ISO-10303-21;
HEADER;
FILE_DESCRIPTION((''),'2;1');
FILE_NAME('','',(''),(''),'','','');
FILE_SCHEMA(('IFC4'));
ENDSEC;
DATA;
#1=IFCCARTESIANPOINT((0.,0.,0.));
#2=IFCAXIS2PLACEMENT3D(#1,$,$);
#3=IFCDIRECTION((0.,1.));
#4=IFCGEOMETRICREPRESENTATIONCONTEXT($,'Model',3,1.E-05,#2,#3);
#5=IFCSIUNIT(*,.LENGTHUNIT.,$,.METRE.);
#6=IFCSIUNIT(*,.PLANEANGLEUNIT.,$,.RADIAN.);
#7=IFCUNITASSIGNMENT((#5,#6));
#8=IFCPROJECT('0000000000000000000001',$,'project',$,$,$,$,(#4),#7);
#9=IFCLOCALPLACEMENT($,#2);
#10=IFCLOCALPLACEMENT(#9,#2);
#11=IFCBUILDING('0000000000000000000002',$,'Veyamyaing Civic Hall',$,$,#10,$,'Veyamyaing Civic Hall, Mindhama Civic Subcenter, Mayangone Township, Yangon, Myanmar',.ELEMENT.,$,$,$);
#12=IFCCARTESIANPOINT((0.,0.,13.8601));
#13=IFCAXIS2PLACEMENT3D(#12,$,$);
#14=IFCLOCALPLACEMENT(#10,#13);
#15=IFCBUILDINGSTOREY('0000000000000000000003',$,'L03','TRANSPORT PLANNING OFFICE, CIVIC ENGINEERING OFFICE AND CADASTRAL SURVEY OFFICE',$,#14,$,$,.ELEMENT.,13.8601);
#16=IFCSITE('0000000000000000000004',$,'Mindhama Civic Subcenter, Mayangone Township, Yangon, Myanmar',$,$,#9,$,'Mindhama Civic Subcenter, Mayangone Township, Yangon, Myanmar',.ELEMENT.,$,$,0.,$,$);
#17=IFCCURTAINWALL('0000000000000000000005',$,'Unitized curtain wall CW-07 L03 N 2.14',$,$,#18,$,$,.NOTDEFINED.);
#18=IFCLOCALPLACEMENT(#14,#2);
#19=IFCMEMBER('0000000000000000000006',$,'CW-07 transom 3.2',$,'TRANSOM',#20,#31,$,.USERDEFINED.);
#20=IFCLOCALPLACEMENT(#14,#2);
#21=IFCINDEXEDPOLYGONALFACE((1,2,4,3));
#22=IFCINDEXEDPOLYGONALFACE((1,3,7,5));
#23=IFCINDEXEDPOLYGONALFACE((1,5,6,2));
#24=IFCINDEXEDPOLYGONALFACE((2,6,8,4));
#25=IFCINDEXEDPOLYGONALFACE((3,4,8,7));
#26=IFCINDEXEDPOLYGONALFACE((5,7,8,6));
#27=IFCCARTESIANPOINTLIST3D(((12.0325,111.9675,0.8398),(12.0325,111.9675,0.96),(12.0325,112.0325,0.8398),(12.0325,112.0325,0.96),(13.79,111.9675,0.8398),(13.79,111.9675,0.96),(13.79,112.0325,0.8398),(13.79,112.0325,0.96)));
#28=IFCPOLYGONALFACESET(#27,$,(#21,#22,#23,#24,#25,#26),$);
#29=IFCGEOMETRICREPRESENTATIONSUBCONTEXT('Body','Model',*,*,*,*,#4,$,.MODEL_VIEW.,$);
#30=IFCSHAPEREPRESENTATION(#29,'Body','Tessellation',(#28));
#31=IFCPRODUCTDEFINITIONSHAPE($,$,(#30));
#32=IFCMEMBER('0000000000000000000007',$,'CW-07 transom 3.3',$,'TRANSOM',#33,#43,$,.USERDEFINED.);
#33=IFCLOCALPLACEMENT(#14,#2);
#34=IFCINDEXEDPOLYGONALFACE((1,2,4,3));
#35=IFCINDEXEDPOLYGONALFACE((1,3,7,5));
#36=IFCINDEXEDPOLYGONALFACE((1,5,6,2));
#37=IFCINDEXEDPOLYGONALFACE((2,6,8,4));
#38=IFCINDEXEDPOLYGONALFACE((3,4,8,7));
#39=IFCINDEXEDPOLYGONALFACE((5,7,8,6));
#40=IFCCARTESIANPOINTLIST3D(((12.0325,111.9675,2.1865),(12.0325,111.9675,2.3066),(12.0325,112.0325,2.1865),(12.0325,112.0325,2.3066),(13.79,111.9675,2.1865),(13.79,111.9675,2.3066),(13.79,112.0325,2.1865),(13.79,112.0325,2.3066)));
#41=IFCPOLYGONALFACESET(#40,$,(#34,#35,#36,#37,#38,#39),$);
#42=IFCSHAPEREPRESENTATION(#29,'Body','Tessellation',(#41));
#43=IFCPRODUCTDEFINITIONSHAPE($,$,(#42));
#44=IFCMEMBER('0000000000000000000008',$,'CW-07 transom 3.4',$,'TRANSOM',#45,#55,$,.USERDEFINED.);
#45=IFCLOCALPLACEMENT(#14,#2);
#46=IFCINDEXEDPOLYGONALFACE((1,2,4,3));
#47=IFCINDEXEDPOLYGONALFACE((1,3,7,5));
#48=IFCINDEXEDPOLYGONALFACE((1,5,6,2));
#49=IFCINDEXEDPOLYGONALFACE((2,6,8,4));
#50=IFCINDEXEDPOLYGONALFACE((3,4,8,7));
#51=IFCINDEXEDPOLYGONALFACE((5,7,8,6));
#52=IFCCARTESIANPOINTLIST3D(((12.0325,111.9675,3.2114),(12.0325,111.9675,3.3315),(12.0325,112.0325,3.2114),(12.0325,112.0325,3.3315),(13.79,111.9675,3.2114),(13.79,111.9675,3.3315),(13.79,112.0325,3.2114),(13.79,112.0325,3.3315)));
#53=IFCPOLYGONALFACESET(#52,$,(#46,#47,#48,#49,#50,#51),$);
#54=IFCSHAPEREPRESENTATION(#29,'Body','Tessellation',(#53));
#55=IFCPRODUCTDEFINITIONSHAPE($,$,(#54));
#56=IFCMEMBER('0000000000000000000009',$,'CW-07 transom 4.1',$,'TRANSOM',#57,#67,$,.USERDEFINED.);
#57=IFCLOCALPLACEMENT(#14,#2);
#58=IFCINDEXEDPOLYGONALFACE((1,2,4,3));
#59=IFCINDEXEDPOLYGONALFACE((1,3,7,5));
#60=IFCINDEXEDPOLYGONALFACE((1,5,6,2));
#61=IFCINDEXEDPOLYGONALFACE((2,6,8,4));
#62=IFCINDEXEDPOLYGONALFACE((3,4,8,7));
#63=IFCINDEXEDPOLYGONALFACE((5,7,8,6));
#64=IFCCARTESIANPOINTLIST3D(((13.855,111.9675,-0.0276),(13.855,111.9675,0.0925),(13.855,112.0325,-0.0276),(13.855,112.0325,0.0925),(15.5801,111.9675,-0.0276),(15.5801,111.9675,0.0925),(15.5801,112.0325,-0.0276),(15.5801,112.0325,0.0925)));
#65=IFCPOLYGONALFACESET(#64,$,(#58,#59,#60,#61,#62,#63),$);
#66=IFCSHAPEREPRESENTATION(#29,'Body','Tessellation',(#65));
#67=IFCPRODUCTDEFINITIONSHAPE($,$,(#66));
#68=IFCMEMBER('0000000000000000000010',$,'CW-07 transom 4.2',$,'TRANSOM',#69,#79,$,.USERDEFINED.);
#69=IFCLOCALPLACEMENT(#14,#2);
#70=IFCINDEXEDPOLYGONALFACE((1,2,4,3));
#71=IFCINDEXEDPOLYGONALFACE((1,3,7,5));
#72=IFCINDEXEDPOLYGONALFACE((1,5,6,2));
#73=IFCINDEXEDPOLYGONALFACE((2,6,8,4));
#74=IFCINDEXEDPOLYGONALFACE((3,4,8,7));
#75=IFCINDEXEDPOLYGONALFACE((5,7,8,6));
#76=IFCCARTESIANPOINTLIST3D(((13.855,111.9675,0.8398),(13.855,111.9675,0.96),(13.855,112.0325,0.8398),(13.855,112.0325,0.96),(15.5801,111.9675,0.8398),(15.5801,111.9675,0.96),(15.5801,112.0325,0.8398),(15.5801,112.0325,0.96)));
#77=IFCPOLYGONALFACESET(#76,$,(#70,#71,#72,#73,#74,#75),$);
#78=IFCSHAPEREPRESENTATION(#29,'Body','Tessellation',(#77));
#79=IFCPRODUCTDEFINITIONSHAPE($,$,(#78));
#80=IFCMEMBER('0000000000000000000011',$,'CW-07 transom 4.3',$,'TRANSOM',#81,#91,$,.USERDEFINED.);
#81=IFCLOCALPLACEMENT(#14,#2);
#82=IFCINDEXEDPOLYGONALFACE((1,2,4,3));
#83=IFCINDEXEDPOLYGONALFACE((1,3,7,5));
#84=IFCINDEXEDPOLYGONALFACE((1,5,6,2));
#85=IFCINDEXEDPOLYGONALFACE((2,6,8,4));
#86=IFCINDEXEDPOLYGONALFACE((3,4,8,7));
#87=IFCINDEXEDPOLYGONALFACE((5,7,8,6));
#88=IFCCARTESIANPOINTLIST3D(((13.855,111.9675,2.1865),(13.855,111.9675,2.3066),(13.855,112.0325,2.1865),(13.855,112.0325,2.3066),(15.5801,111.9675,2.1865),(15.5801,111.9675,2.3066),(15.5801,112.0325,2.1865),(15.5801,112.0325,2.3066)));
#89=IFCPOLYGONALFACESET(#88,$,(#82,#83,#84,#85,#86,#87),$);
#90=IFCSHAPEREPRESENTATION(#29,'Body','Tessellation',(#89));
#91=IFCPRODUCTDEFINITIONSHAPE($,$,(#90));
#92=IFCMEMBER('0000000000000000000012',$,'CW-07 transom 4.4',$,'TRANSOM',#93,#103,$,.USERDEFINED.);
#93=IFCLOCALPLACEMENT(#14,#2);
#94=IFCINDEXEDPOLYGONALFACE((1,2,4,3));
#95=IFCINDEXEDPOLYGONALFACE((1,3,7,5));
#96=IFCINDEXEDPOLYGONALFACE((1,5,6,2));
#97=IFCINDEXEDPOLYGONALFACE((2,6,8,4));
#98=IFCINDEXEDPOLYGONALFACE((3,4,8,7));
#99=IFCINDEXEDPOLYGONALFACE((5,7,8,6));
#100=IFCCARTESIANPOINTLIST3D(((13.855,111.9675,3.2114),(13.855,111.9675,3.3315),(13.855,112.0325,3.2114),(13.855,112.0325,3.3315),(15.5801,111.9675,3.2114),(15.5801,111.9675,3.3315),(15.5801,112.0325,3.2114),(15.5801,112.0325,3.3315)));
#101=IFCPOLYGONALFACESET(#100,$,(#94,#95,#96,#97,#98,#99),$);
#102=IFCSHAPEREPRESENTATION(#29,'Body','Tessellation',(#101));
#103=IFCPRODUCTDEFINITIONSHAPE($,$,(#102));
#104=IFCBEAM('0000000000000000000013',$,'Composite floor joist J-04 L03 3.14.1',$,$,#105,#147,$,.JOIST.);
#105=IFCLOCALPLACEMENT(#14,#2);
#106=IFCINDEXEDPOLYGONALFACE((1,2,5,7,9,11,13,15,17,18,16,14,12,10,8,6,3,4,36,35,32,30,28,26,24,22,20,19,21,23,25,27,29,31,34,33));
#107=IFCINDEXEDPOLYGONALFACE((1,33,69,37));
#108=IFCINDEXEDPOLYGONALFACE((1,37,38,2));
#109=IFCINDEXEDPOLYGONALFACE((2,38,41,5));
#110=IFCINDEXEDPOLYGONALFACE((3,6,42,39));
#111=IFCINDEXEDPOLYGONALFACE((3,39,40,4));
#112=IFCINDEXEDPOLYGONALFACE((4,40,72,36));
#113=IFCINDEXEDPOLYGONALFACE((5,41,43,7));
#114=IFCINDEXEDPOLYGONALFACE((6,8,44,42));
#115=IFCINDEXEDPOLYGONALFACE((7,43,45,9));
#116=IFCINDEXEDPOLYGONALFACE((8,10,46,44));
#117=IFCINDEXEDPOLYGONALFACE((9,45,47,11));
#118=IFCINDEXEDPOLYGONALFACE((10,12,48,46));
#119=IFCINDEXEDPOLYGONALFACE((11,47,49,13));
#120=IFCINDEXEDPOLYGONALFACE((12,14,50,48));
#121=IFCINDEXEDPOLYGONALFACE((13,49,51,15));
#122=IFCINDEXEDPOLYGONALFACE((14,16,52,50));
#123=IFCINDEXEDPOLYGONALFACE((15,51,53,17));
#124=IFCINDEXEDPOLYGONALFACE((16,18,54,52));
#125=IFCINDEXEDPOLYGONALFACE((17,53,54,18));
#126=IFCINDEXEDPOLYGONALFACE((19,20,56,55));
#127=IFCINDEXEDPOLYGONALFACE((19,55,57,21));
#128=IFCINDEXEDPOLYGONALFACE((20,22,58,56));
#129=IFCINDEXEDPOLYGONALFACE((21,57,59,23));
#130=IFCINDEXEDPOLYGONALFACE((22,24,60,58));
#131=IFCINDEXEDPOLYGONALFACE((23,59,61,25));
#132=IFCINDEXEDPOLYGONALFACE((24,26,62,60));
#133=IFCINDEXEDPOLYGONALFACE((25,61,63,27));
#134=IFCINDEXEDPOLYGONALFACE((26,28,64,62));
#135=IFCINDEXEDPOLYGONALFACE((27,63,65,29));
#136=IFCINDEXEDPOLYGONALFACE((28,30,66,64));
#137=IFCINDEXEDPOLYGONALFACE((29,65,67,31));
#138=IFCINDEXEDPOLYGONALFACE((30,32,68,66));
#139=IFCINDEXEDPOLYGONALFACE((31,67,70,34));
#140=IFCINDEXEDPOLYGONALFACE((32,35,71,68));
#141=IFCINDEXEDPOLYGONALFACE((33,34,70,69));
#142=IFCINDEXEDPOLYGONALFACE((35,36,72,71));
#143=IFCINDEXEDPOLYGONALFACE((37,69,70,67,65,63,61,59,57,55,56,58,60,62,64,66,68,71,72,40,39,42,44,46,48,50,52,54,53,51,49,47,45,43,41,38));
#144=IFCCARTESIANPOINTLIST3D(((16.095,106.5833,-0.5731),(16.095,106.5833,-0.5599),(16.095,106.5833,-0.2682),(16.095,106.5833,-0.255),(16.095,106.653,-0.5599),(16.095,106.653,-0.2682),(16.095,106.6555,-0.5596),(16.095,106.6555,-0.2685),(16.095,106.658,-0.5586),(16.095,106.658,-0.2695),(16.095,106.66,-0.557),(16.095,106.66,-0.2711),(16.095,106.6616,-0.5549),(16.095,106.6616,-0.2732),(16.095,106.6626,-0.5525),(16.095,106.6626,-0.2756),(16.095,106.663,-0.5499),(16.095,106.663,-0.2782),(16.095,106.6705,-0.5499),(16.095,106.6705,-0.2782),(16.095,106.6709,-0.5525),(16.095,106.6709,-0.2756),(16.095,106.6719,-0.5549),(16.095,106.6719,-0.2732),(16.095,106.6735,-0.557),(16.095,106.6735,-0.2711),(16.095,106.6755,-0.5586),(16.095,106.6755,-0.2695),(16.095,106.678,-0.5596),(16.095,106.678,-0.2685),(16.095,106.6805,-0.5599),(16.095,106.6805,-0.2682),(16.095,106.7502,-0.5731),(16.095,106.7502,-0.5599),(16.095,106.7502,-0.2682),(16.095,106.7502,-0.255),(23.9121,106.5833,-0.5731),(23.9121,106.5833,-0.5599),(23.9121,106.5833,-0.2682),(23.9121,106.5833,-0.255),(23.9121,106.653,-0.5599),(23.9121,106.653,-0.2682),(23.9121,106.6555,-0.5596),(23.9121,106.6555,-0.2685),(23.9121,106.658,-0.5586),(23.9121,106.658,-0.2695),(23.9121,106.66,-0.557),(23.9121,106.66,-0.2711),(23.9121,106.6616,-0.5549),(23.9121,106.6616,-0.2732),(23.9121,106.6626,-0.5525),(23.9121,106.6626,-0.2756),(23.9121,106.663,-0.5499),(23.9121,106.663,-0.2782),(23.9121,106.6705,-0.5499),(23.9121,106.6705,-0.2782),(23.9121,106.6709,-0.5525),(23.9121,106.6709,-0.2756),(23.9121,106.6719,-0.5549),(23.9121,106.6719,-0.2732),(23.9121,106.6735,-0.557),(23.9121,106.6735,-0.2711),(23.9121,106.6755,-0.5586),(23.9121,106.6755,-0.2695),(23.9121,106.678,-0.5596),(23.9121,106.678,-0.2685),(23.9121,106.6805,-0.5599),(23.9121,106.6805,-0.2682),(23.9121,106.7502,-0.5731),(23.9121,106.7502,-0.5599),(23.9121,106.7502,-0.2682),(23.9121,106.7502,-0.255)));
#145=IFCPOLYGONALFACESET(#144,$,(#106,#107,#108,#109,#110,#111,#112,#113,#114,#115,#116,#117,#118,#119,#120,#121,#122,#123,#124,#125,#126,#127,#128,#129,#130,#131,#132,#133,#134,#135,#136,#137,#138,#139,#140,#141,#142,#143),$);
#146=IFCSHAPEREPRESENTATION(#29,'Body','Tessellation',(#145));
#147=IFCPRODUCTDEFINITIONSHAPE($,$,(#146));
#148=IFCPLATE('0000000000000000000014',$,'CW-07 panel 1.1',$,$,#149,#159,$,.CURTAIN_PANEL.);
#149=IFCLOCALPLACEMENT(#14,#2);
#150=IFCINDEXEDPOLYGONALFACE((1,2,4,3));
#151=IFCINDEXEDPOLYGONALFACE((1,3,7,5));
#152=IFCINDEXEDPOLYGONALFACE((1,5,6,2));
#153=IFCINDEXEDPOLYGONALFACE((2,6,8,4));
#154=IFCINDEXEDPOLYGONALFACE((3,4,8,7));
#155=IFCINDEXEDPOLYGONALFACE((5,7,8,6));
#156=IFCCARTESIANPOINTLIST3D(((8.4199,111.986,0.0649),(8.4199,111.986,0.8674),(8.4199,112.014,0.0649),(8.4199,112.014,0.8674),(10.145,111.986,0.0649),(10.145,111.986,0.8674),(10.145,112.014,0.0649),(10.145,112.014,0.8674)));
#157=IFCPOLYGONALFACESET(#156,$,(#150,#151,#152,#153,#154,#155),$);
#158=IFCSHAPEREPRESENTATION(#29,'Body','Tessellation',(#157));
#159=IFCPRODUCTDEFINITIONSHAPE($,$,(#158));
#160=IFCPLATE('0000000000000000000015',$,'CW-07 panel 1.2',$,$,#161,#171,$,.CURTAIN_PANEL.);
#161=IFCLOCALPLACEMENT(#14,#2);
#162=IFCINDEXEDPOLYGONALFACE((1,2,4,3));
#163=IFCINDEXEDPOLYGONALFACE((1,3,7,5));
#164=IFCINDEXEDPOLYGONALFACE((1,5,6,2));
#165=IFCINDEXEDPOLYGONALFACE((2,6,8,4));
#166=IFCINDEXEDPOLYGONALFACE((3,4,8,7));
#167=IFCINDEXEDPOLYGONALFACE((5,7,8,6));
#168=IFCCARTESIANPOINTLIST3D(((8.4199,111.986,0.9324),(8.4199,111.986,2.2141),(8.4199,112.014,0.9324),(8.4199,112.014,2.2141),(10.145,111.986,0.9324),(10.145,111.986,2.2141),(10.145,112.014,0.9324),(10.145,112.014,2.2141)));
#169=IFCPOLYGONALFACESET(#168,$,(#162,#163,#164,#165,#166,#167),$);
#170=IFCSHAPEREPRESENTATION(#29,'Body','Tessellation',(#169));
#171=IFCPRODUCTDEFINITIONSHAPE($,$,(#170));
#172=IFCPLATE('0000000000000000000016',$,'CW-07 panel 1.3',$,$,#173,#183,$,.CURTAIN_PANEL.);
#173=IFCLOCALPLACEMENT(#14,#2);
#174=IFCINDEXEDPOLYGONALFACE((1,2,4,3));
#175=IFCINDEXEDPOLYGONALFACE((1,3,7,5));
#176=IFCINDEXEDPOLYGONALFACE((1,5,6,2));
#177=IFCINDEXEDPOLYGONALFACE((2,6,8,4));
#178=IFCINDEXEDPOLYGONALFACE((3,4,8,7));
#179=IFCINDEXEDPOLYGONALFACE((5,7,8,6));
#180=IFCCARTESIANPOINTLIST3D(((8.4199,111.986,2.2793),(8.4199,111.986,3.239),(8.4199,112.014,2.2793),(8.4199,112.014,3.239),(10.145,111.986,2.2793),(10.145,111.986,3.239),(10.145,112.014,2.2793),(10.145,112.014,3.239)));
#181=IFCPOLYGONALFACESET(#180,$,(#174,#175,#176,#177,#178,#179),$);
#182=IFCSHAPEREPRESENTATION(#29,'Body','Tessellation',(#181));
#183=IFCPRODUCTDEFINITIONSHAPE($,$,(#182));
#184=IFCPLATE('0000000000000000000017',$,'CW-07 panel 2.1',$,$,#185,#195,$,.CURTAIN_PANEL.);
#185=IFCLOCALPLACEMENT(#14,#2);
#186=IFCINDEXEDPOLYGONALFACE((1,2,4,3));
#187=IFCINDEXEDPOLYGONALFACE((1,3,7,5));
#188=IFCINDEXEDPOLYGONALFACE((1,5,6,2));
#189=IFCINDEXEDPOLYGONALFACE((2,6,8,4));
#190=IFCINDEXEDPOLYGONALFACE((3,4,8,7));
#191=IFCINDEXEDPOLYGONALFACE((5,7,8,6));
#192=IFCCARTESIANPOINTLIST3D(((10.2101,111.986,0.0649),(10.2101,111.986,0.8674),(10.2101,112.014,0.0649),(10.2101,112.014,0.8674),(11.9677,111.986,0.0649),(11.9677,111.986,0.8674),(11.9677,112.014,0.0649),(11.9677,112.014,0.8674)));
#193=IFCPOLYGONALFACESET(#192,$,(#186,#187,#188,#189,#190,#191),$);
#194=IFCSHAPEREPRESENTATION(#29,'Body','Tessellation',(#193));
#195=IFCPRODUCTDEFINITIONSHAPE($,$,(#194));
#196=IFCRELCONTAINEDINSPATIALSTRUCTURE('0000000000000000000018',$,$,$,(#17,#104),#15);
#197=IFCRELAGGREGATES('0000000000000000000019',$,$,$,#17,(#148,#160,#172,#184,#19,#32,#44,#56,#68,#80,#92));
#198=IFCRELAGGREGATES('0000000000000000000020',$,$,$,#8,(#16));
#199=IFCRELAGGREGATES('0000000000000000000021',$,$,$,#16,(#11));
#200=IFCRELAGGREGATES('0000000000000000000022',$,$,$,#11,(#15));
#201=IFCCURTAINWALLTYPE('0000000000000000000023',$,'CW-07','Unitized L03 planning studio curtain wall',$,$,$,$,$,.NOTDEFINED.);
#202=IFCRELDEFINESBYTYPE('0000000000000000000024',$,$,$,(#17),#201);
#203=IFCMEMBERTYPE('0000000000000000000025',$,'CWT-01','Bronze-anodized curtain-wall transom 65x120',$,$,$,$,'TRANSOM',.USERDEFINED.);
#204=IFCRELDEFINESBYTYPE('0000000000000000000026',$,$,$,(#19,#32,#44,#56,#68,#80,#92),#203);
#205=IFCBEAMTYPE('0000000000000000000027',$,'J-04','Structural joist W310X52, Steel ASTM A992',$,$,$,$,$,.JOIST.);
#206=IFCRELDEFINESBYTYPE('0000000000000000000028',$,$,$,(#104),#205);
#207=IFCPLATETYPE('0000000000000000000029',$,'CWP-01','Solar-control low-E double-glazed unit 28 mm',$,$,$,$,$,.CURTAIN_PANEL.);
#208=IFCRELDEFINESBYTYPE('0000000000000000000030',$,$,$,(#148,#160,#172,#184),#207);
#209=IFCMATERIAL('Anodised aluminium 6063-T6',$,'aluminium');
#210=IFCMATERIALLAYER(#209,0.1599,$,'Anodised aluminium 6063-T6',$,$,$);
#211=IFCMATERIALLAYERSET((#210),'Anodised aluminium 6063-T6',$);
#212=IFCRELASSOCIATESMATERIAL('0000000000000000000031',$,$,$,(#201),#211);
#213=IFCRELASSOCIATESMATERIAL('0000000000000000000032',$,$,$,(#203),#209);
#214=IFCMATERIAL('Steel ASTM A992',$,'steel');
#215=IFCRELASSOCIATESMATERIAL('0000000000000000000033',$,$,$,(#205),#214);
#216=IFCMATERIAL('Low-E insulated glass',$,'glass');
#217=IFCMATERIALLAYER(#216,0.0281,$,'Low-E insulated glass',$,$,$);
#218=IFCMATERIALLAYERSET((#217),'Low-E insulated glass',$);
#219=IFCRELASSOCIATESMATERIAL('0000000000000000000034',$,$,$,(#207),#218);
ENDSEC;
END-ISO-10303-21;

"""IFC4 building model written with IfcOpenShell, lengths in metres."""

from ifc_helpers import new_model, si_unit, direction, frame, origin, origin_2d, place, context, subcontext, project, spatial, rectangle, i_section, extrude, material, layer, layer_set, material_profile, profile_set, type_object, element, aggregate, save


model = new_model("IFC4")

# Units and contexts
model_context = context("Model", 3, precision=1e-05, world=origin(), true_north=direction((0.0, 1.0)))
body_context = subcontext(model_context, "Body", "Model", "MODEL_VIEW")
ifc_project = project(units=[si_unit("LENGTHUNIT", "METRE"), si_unit("PLANEANGLEUNIT", "RADIAN")], contexts=[model_context])

# Site, building, storey
site_placement = place(None, origin())
site = spatial("IfcSite", under=ifc_project, at=site_placement, Name="Mindhama Civic Subcenter, Mayangone Township, Yangon, Myanmar", LongName="Mindhama Civic Subcenter, Mayangone Township, Yangon, Myanmar", CompositionType="ELEMENT", RefElevation=0.0)
building_placement = place(site_placement, origin())
building = spatial("IfcBuilding", under=site, at=building_placement, Name="Veyamyaing Civic Hall", LongName="Veyamyaing Civic Hall, Mindhama Civic Subcenter, Mayangone Township, Yangon, Myanmar", CompositionType="ELEMENT")
storey_placement = place(building_placement, frame((0.0, 0.0, 13.8601)))
storey = spatial("IfcBuildingStorey", under=building, at=storey_placement, Name="L03", Description="TRANSPORT PLANNING OFFICE, CIVIC ENGINEERING OFFICE AND CADASTRAL SURVEY OFFICE", CompositionType="ELEMENT", Elevation=13.8601)

# Shared definitions
ifc_material_1 = material(Name="Steel ASTM A992", Category="steel")

# Curtain wall, members
ifc_material_2 = material(Name="Anodised aluminium 6063-T6", Category="aluminium")
ifc_layer_1 = layer(ifc_material_2, 0.1599, Name="Anodised aluminium 6063-T6")
ifc_layer_set_1 = layer_set([ifc_layer_1], Name="Anodised aluminium 6063-T6")
curtain_wall_type = type_object("IfcCurtainWallType", Name="CW-07", Description="Unitized L03 planning studio curtain wall", PredefinedType="NOTDEFINED", material=ifc_layer_set_1)
curtain_wall_placement = place(storey_placement, origin())
curtain_wall = element("IfcCurtainWall", 1, at=curtain_wall_placement, inside=storey, type_object=curtain_wall_type, Name="Unitized curtain wall CW-07 L03 N 2.14", PredefinedType="NOTDEFINED")
ifc_material_profile_1 = material_profile(ifc_material_2, rectangle(XDim=0.0649, YDim=0.1201, at=origin_2d()), Name="ALU-TRN-65X120")
ifc_profile_set_1 = profile_set([ifc_material_profile_1], Name="Anodised aluminium 6063-T6")
member_type_1 = type_object("IfcMemberType", Name="CWT-01", Description="Bronze-anodized curtain-wall transom 65x120", ElementType="TRANSOM", PredefinedType="USERDEFINED", material=ifc_profile_set_1)
member_1_placement = place(storey_placement, frame((12.0325, 112.0, 0.8999), z_axis=(1.0, 0.0, 0.0), x_axis=(0.0, 1.0, 0.0)))
member_1 = element("IfcMember", 2, at=member_1_placement, type_object=member_type_1, Name="CW-07 transom 3.2", ObjectType="TRANSOM", PredefinedType="USERDEFINED", context=body_context, shape_type="SweptSolid", body=[
    extrude(rectangle(XDim=0.0649, YDim=0.1201, at=origin_2d()), origin(), (0.0, 0.0, 1.0), 1.7576),
])
member_2_placement = place(storey_placement, frame((12.0325, 112.0, 2.2466), z_axis=(1.0, 0.0, 0.0), x_axis=(0.0, 1.0, 0.0)))
member_2 = element("IfcMember", 3, at=member_2_placement, type_object=member_type_1, Name="CW-07 transom 3.3", ObjectType="TRANSOM", PredefinedType="USERDEFINED", context=body_context, shape_type="SweptSolid", body=[
    extrude(rectangle(XDim=0.0649, YDim=0.1201, at=origin_2d()), origin(), (0.0, 0.0, 1.0), 1.7576),
])
member_3_placement = place(storey_placement, frame((12.0325, 112.0, 3.2715), z_axis=(1.0, 0.0, 0.0), x_axis=(0.0, 1.0, 0.0)))
member_3 = element("IfcMember", 4, at=member_3_placement, type_object=member_type_1, Name="CW-07 transom 3.4", ObjectType="TRANSOM", PredefinedType="USERDEFINED", context=body_context, shape_type="SweptSolid", body=[
    extrude(rectangle(XDim=0.0649, YDim=0.1201, at=origin_2d()), origin(), (0.0, 0.0, 1.0), 1.7576),
])
member_4_placement = place(storey_placement, frame((13.855, 112.0, 0.0325), z_axis=(1.0, 0.0, 0.0), x_axis=(0.0, 1.0, 0.0)))
member_4 = element("IfcMember", 5, at=member_4_placement, type_object=member_type_1, Name="CW-07 transom 4.1", ObjectType="TRANSOM", PredefinedType="USERDEFINED", context=body_context, shape_type="SweptSolid", body=[
    extrude(rectangle(XDim=0.0649, YDim=0.1201, at=origin_2d()), origin(), (0.0, 0.0, 1.0), 1.7251),
])
member_5_placement = place(storey_placement, frame((13.855, 112.0, 0.8999), z_axis=(1.0, 0.0, 0.0), x_axis=(0.0, 1.0, 0.0)))
member_5 = element("IfcMember", 6, at=member_5_placement, type_object=member_type_1, Name="CW-07 transom 4.2", ObjectType="TRANSOM", PredefinedType="USERDEFINED", context=body_context, shape_type="SweptSolid", body=[
    extrude(rectangle(XDim=0.0649, YDim=0.1201, at=origin_2d()), origin(), (0.0, 0.0, 1.0), 1.7251),
])
member_6_placement = place(storey_placement, frame((13.855, 112.0, 2.2466), z_axis=(1.0, 0.0, 0.0), x_axis=(0.0, 1.0, 0.0)))
member_6 = element("IfcMember", 7, at=member_6_placement, type_object=member_type_1, Name="CW-07 transom 4.3", ObjectType="TRANSOM", PredefinedType="USERDEFINED", context=body_context, shape_type="SweptSolid", body=[
    extrude(rectangle(XDim=0.0649, YDim=0.1201, at=origin_2d()), origin(), (0.0, 0.0, 1.0), 1.7251),
])
member_7_placement = place(storey_placement, frame((13.855, 112.0, 3.2715), z_axis=(1.0, 0.0, 0.0), x_axis=(0.0, 1.0, 0.0)))
member_7 = element("IfcMember", 8, at=member_7_placement, type_object=member_type_1, Name="CW-07 transom 4.4", ObjectType="TRANSOM", PredefinedType="USERDEFINED", context=body_context, shape_type="SweptSolid", body=[
    extrude(rectangle(XDim=0.0649, YDim=0.1201, at=origin_2d()), origin(), (0.0, 0.0, 1.0), 1.7251),
])

# Beam
ifc_material_profile_2 = material_profile(ifc_material_1, i_section(OverallWidth=0.167, OverallDepth=0.3181, WebThickness=0.0076, FlangeThickness=0.0132, FilletRadius=0.01, at=origin_2d()), Name="W310X52")
ifc_profile_set_2 = profile_set([ifc_material_profile_2], Name="Steel ASTM A992")
beam_type_1 = type_object("IfcBeamType", Name="J-04", Description="Structural joist W310X52, Steel ASTM A992", PredefinedType="JOIST", material=ifc_profile_set_2)
beam_1_placement = place(storey_placement, frame((16.095, 106.6667, -0.4141), z_axis=(1.0, 0.0, 0.0), x_axis=(0.0, 1.0, 0.0)))
element("IfcBeam", 9, at=beam_1_placement, inside=storey, type_object=beam_type_1, Name="Composite floor joist J-04 L03 3.14.1", PredefinedType="JOIST", context=body_context, shape_type="SweptSolid", body=[
    extrude(i_section(OverallWidth=0.167, OverallDepth=0.3181, WebThickness=0.0076, FlangeThickness=0.0132, FilletRadius=0.01, at=origin_2d()), origin(), (0.0, 0.0, 1.0), 7.8171),
])

# Plates
ifc_material_3 = material(Name="Low-E insulated glass", Category="glass")
ifc_layer_2 = layer(ifc_material_3, 0.0281, Name="Low-E insulated glass")
ifc_layer_set_2 = layer_set([ifc_layer_2], Name="Low-E insulated glass")
plate_type = type_object("IfcPlateType", Name="CWP-01", Description="Solar-control low-E double-glazed unit 28 mm", PredefinedType="CURTAIN_PANEL", material=ifc_layer_set_2)
plate_1_placement = place(storey_placement, frame((9.2825, 112.0, 0.0649), z_axis=(0.0, 0.0, 1.0), x_axis=(1.0, 0.0, 0.0)))
plate_1 = element("IfcPlate", 10, at=plate_1_placement, type_object=plate_type, Name="CW-07 panel 1.1", PredefinedType="CURTAIN_PANEL", context=body_context, shape_type="SweptSolid", body=[
    extrude(rectangle(XDim=1.7251, YDim=0.0281, at=origin_2d()), origin(), (0.0, 0.0, 1.0), 0.8025),
])
plate_2_placement = place(storey_placement, frame((9.2825, 112.0, 0.9324), z_axis=(0.0, 0.0, 1.0), x_axis=(1.0, 0.0, 0.0)))
plate_2 = element("IfcPlate", 11, at=plate_2_placement, type_object=plate_type, Name="CW-07 panel 1.2", PredefinedType="CURTAIN_PANEL", context=body_context, shape_type="SweptSolid", body=[
    extrude(rectangle(XDim=1.7251, YDim=0.0281, at=origin_2d()), origin(), (0.0, 0.0, 1.0), 1.2817),
])
plate_3_placement = place(storey_placement, frame((9.2825, 112.0, 2.2793), z_axis=(0.0, 0.0, 1.0), x_axis=(1.0, 0.0, 0.0)))
plate_3 = element("IfcPlate", 12, at=plate_3_placement, type_object=plate_type, Name="CW-07 panel 1.3", PredefinedType="CURTAIN_PANEL", context=body_context, shape_type="SweptSolid", body=[
    extrude(rectangle(XDim=1.7251, YDim=0.0281, at=origin_2d()), origin(), (0.0, 0.0, 1.0), 0.9597),
])
plate_4_placement = place(storey_placement, frame((11.0889, 112.0, 0.0649), z_axis=(0.0, 0.0, 1.0), x_axis=(1.0, 0.0, 0.0)))
plate_4 = element("IfcPlate", 13, at=plate_4_placement, type_object=plate_type, Name="CW-07 panel 2.1", PredefinedType="CURTAIN_PANEL", context=body_context, shape_type="SweptSolid", body=[
    extrude(rectangle(XDim=1.7576, YDim=0.0281, at=origin_2d()), origin(), (0.0, 0.0, 1.0), 0.8025),
])
aggregate(curtain_wall, [plate_1, plate_2, plate_3, plate_4, member_1, member_2, member_3, member_4, member_5, member_6, member_7])

save(model, "model.ifc")
